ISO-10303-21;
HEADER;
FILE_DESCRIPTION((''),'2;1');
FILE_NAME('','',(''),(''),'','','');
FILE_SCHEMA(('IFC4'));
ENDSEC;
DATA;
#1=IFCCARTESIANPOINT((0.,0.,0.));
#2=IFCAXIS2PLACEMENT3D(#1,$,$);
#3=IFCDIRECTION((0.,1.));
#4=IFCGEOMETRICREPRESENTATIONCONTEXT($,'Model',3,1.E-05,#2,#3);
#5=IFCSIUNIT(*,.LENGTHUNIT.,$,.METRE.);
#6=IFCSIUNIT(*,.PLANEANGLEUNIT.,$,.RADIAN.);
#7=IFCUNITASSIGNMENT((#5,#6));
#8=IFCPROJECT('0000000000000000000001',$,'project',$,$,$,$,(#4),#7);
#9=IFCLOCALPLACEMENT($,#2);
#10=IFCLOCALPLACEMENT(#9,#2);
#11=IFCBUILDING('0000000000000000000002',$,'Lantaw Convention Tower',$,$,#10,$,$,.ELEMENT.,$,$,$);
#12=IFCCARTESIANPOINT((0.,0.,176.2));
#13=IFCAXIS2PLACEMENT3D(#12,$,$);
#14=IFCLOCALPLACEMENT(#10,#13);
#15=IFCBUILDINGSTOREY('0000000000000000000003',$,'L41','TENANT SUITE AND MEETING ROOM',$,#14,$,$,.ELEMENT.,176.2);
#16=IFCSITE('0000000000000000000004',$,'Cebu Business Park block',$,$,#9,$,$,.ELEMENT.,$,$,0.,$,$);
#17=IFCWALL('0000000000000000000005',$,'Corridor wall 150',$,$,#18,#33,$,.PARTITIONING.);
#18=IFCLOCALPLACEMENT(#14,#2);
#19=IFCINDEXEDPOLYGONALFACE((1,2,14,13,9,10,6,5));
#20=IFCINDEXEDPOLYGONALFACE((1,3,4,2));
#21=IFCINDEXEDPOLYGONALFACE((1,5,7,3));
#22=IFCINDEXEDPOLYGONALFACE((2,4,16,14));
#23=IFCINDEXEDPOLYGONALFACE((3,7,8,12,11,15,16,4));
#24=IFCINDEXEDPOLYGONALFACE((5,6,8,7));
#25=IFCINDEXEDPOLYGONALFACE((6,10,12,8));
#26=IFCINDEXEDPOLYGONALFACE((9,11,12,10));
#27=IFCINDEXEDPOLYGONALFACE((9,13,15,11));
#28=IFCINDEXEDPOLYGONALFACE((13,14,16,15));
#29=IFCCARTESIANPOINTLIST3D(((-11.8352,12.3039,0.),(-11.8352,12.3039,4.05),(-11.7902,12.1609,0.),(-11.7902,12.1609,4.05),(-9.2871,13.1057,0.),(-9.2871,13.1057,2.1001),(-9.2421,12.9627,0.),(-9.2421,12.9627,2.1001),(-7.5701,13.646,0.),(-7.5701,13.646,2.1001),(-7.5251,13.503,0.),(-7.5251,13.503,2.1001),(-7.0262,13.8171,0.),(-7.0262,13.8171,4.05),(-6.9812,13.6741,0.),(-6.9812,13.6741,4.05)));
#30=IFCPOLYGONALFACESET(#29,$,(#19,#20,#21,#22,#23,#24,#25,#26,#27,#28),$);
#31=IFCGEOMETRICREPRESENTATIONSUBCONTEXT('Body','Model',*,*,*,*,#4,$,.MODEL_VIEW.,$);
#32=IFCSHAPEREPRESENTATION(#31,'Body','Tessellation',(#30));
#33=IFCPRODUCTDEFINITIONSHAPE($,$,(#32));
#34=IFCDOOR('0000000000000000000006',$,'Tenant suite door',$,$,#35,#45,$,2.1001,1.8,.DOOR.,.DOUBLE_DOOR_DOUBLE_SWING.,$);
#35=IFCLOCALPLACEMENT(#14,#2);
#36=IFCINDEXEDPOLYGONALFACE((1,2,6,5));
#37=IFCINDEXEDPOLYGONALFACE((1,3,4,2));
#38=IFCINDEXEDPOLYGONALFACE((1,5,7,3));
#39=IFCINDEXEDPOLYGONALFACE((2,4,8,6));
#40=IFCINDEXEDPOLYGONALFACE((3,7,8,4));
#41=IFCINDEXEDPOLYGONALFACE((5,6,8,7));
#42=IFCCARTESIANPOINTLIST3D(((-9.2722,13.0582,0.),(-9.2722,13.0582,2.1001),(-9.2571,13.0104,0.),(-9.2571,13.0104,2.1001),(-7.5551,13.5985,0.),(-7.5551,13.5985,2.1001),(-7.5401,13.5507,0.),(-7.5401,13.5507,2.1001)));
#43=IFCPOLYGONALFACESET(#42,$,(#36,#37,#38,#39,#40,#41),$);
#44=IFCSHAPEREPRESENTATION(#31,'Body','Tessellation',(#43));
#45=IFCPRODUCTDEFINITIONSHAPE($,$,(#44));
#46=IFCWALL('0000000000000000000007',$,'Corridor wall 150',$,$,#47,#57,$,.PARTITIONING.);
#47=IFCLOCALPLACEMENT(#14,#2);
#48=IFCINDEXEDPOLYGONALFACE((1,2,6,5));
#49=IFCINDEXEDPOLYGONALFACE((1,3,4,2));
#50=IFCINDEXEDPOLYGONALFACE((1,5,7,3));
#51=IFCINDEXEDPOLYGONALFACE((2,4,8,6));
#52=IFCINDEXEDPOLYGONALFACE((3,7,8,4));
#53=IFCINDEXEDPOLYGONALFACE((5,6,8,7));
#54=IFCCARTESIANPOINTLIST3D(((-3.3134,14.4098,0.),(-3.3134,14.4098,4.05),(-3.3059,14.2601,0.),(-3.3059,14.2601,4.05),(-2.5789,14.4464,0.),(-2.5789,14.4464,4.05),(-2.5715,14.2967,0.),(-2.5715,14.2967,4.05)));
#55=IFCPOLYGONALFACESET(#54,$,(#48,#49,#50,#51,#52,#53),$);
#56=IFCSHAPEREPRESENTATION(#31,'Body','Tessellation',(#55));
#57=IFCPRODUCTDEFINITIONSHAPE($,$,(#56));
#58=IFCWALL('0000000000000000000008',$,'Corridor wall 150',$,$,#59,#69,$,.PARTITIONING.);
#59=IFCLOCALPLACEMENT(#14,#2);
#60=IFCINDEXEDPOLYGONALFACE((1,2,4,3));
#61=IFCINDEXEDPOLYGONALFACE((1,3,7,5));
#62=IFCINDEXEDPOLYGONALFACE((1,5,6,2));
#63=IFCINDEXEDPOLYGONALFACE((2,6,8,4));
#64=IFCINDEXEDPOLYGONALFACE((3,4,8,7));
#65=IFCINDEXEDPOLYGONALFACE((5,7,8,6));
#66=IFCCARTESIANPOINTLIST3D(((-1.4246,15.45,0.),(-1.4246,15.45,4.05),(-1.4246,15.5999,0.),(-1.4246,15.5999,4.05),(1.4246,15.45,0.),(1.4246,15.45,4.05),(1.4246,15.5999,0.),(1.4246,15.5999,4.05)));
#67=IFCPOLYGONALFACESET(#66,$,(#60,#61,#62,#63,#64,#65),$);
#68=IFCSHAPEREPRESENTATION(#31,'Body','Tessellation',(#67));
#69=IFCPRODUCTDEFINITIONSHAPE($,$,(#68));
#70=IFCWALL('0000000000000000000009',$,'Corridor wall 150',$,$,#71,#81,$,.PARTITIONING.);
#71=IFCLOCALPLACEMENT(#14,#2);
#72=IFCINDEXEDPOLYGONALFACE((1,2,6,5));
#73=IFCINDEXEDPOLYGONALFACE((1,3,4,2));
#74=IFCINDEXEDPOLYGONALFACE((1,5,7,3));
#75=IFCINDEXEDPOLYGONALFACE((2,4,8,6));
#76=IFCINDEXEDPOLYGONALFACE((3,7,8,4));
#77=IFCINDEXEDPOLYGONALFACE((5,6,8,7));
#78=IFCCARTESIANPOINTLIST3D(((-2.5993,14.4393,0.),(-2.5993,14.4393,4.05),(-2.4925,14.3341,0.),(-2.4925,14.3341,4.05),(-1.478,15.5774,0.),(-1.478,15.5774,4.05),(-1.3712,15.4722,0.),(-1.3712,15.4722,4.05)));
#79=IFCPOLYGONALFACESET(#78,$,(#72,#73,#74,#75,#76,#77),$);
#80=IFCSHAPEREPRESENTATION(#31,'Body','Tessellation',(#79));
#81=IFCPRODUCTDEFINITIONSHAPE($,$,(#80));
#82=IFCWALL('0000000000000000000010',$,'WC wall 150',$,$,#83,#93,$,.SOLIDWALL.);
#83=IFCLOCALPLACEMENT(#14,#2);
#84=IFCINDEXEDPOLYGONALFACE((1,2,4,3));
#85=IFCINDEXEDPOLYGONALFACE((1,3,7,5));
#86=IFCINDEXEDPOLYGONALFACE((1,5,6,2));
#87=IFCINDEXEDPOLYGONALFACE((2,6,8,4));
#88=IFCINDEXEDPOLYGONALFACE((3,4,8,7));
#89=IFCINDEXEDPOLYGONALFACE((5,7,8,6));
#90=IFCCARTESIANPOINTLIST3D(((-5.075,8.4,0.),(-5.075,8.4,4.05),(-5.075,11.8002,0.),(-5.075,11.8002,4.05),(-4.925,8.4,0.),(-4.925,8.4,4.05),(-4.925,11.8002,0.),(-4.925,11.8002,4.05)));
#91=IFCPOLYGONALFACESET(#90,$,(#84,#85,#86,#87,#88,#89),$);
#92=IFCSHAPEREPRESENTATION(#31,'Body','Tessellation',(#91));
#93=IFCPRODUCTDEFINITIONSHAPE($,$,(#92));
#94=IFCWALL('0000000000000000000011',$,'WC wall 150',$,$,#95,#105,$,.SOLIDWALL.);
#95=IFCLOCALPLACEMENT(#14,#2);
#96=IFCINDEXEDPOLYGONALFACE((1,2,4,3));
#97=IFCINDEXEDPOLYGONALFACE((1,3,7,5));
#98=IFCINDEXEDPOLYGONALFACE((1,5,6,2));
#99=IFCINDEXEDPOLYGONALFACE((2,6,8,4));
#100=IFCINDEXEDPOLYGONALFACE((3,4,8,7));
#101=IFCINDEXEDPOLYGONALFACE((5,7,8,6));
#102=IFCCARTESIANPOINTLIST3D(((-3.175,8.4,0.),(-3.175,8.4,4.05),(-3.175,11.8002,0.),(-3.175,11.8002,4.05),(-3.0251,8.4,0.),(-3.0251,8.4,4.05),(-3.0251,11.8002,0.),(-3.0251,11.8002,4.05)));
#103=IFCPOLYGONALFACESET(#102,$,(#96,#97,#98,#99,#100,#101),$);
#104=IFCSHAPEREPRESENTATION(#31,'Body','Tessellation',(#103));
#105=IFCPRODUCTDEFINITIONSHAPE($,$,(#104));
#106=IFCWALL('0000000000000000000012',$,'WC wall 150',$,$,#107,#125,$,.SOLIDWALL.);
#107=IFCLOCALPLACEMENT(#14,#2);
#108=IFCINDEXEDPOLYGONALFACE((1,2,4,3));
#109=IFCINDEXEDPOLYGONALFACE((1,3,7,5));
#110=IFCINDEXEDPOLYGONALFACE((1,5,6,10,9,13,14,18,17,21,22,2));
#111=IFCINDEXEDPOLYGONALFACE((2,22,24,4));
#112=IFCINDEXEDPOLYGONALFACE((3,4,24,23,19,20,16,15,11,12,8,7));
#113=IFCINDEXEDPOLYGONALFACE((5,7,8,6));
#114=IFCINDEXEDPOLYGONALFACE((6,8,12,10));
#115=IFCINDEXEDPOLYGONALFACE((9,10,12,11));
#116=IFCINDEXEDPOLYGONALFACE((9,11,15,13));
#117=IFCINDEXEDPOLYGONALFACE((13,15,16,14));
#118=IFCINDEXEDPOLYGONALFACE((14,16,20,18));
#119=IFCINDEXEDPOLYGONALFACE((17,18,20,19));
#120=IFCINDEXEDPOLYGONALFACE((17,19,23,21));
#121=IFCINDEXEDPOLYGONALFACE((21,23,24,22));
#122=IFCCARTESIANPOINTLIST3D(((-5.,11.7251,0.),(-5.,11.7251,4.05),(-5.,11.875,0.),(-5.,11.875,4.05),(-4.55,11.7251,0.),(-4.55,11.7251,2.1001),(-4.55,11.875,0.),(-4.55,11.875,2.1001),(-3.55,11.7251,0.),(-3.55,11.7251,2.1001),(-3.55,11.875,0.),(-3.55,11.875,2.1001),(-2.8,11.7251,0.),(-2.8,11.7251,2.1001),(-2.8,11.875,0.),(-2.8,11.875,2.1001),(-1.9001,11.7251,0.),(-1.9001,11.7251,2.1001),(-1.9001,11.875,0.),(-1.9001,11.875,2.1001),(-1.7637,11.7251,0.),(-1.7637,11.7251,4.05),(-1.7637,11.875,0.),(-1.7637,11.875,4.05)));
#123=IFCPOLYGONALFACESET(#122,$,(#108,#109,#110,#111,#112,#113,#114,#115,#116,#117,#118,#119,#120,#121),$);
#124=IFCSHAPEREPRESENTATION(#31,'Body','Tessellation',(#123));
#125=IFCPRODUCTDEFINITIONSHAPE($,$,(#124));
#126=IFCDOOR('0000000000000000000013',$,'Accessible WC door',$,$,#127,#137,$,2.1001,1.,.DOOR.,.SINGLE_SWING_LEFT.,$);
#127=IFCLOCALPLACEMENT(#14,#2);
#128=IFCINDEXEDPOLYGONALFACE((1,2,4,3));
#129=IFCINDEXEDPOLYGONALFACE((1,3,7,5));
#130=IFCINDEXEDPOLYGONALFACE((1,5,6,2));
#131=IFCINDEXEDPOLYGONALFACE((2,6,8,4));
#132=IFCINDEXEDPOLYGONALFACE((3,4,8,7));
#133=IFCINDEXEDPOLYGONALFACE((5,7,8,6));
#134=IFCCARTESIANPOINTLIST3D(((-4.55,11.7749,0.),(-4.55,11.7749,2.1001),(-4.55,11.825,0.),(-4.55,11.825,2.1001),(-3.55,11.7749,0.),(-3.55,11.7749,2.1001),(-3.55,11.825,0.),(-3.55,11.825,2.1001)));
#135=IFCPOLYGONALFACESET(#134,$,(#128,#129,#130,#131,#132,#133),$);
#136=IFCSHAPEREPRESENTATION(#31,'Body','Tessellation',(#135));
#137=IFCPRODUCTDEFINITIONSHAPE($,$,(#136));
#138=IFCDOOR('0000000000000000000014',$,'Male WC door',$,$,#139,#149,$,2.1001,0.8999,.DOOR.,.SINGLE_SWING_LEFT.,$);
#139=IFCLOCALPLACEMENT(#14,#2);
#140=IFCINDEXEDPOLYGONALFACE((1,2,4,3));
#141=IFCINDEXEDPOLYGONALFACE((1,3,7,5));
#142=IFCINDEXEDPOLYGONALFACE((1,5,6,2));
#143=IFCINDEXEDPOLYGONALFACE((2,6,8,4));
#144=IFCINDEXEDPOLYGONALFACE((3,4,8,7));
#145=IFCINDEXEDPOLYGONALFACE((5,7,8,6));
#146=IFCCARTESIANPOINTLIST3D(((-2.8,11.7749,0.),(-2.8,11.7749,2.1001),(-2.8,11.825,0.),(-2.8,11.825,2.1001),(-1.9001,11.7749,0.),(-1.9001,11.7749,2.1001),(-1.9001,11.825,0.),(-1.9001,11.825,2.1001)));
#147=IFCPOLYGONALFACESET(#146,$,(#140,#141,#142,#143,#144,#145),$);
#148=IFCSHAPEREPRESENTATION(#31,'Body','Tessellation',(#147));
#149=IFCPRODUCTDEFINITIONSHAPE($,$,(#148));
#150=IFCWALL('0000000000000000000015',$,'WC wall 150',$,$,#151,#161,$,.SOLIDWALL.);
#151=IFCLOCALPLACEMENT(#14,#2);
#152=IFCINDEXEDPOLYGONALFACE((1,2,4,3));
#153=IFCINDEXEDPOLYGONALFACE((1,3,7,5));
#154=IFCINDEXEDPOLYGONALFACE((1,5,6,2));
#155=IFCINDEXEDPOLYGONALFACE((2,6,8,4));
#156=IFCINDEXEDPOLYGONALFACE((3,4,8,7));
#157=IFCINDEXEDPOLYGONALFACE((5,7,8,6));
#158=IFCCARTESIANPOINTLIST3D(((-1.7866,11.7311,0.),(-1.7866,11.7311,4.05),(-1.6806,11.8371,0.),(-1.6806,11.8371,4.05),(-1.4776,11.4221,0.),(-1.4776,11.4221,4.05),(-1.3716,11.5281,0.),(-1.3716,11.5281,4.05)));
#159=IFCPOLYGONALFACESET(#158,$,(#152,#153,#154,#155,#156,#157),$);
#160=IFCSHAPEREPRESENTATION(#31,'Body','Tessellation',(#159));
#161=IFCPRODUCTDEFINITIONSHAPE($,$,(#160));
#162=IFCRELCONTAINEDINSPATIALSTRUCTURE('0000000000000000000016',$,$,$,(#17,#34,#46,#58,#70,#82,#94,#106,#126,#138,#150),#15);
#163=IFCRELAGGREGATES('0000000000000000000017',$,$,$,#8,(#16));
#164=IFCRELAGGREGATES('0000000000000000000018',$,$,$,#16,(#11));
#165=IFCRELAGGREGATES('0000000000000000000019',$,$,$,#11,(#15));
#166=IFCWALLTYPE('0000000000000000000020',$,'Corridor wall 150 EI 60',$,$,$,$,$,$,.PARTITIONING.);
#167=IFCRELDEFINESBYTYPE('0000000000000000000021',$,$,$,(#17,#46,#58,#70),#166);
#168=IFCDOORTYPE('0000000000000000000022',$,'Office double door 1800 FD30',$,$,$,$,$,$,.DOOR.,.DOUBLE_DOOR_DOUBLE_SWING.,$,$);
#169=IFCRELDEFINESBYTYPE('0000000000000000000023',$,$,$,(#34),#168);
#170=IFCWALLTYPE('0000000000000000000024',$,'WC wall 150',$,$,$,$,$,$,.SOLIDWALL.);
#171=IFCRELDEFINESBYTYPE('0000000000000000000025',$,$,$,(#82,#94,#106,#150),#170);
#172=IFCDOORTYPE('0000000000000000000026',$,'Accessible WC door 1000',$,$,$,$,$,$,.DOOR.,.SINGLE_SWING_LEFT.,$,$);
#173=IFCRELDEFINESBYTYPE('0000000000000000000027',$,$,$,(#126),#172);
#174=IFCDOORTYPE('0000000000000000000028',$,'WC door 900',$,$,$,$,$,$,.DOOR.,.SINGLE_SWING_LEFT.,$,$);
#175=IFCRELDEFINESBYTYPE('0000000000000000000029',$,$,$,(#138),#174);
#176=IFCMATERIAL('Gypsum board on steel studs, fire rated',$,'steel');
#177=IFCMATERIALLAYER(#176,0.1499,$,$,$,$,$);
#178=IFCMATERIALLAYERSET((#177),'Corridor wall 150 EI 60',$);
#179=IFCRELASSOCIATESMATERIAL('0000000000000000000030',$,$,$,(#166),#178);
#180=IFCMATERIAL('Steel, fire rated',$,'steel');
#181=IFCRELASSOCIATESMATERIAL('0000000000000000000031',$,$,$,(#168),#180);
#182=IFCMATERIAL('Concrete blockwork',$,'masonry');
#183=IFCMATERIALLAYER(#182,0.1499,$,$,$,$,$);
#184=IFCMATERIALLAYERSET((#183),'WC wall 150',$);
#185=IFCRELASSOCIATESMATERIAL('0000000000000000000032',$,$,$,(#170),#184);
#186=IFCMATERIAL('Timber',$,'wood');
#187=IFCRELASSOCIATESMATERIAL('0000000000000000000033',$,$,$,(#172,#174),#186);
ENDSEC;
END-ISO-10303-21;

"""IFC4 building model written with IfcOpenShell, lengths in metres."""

from ifc_helpers import new_model, si_unit, direction, frame, frame_2d, origin, place, context, subcontext, project, spatial, rectangle, extrude, material, layer, layer_set, type_object, element, fill, save


model = new_model("IFC4")

# Units and contexts
model_context = context("Model", 3, precision=1e-05, world=origin(), true_north=direction((0.0, 1.0)))
body_context = subcontext(model_context, "Body", "Model", "MODEL_VIEW")
ifc_project = project(units=[si_unit("LENGTHUNIT", "METRE"), si_unit("PLANEANGLEUNIT", "RADIAN")], contexts=[model_context])

# Site, building, storey
site_placement = place(None, origin())
site = spatial("IfcSite", under=ifc_project, at=site_placement, Name="Cebu Business Park block", CompositionType="ELEMENT", RefElevation=0.0)
building_placement = place(site_placement, origin())
building = spatial("IfcBuilding", under=site, at=building_placement, Name="Lantaw Convention Tower", CompositionType="ELEMENT")
storey_placement = place(building_placement, frame((0.0, 0.0, 176.2)))
storey = spatial("IfcBuildingStorey", under=building, at=storey_placement, Name="L41", Description="TENANT SUITE AND MEETING ROOM", CompositionType="ELEMENT", Elevation=176.2)

# Wall, opening, door
ifc_material_1 = material(Name="Gypsum board on steel studs, fire rated", Category="steel")
ifc_layer_1 = layer(ifc_material_1, 0.1499)
ifc_layer_set_1 = layer_set([ifc_layer_1], Name="Corridor wall 150 EI 60")
wall_type_1 = type_object("IfcWallType", Name="Corridor wall 150 EI 60", PredefinedType="PARTITIONING", material=ifc_layer_set_1)
ifc_material_2 = material(Name="Steel, fire rated", Category="steel")
wall_1_placement = place(storey_placement, frame((-7.0037, 13.7456, 0.0), z_axis=(0.0, 0.0, 1.0), x_axis=(-0.953894, -0.300144, 0.0)))
wall_1 = element("IfcWall", 1, at=wall_1_placement, inside=storey, type_object=wall_type_1, Name="Corridor wall 150", PredefinedType="PARTITIONING", context=body_context, shape_type="SweptSolid", body=[
    extrude(rectangle(XDim=5.0415, YDim=0.1499, at=frame_2d((2.5208, 0.0))), origin(), (0.0, 0.0, 1.0), 4.05),
])
opening_1_placement = place(wall_1_placement, frame((0.5703, 0.0, 0.0)))
opening_1 = element("IfcOpeningElement", 2, at=opening_1_placement, cuts=wall_1, PredefinedType="OPENING", context=body_context, shape_type="SweptSolid", body=[
    extrude(rectangle(XDim=1.8, YDim=2.1001, at=frame_2d((0.8999, 1.05))), frame((0.0, 0.085, 0.0), z_axis=(0.0, -1.0, 0.0), x_axis=(1.0, 0.0, 0.0)), (0.0, 0.0, 1.0), 0.1699),
])
door_type_1 = type_object("IfcDoorType", Name="Office double door 1800 FD30", OperationType="DOUBLE_DOOR_DOUBLE_SWING", PredefinedType="DOOR", material=ifc_material_2)
door_1_placement = place(opening_1_placement, origin())
door_1 = element("IfcDoor", 3, at=door_1_placement, inside=storey, type_object=door_type_1, Name="Tenant suite door", OperationType="DOUBLE_DOOR_DOUBLE_SWING", OverallHeight=2.1001, OverallWidth=1.8, PredefinedType="DOOR", context=body_context, shape_type="SweptSolid", body=[
    extrude(rectangle(XDim=1.8, YDim=2.1001, at=frame_2d((0.8999, 1.05))), frame((0.0, 0.0249, 0.0), z_axis=(0.0, -1.0, 0.0), x_axis=(1.0, 0.0, 0.0)), (0.0, 0.0, 1.0), 0.05),
])
fill(opening_1, door_1)

# Walls
wall_2_placement = place(storey_placement, frame((-2.5752, 14.3716, 0.0), z_axis=(0.0, 0.0, 1.0), x_axis=(-0.998759, -0.049805, 0.0)))
element("IfcWall", 4, at=wall_2_placement, inside=storey, type_object=wall_type_1, Name="Corridor wall 150", PredefinedType="PARTITIONING", context=body_context, shape_type="SweptSolid", body=[
    extrude(rectangle(XDim=0.7354, YDim=0.1499, at=frame_2d((0.3677, 0.0))), origin(), (0.0, 0.0, 1.0), 4.05),
])
wall_3_placement = place(storey_placement, frame((-1.4246, 15.5249, 0.0), z_axis=(0.0, 0.0, 1.0), x_axis=(1.0, 0.0, 0.0)))
element("IfcWall", 5, at=wall_3_placement, inside=storey, type_object=wall_type_1, Name="Corridor wall 150", PredefinedType="PARTITIONING", context=body_context, shape_type="SweptSolid", body=[
    extrude(rectangle(XDim=2.8491, YDim=0.1499, at=frame_2d((1.4246, 0.0))), origin(), (0.0, 0.0, 1.0), 4.05),
])
wall_4_placement = place(storey_placement, frame((-2.5459, 14.3867, 0.0), z_axis=(0.0, 0.0, 1.0), x_axis=(0.701815, 0.712359, 0.0)))
element("IfcWall", 6, at=wall_4_placement, inside=storey, type_object=wall_type_1, Name="Corridor wall 150", PredefinedType="PARTITIONING", context=body_context, shape_type="SweptSolid", body=[
    extrude(rectangle(XDim=1.5977, YDim=0.1499, at=frame_2d((0.7988, 0.0))), origin(), (0.0, 0.0, 1.0), 4.05),
])
ifc_material_3 = material(Name="Concrete blockwork", Category="masonry")
ifc_layer_2 = layer(ifc_material_3, 0.1499)
ifc_layer_set_2 = layer_set([ifc_layer_2], Name="WC wall 150")
wall_type_2 = type_object("IfcWallType", Name="WC wall 150", PredefinedType="SOLIDWALL", material=ifc_layer_set_2)
for number, where, z_axis, x_axis, name in (
    (7, (-5.0, 8.3999, 0.0), (0.0, 0.0, 1.0), (0.0, 1.0, 0.0), "WC wall 150"),
    (8, (-3.1001, 8.3999, 0.0), (0.0, 0.0, 1.0), (0.0, 1.0, 0.0), "WC wall 150"),
):
    element("IfcWall", number, at=place(storey_placement, frame(where, z_axis=z_axis, x_axis=x_axis)), inside=storey, type_object=wall_type_2, Name=name, PredefinedType="SOLIDWALL", context=body_context, shape_type="SweptSolid", body=[
        extrude(rectangle(XDim=3.4001, YDim=0.1499, at=frame_2d((1.7002, 0.0))), origin(), (0.0, 0.0, 1.0), 4.05),
    ])

# Wall, openings, doors
wall_5_placement = place(storey_placement, frame((-5.0, 11.8, 0.0), z_axis=(0.0, 0.0, 1.0), x_axis=(1.0, 0.0, 0.0)))
wall_5 = element("IfcWall", 9, at=wall_5_placement, inside=storey, type_object=wall_type_2, Name="WC wall 150", PredefinedType="SOLIDWALL", context=body_context, shape_type="SweptSolid", body=[
    extrude(rectangle(XDim=3.2363, YDim=0.1499, at=frame_2d((1.6182, 0.0))), origin(), (0.0, 0.0, 1.0), 4.05),
])
opening_2_placement = place(wall_5_placement, frame((0.45, 0.0, 0.0)))
opening_2 = element("IfcOpeningElement", 10, at=opening_2_placement, cuts=wall_5, PredefinedType="OPENING", context=body_context, shape_type="SweptSolid", body=[
    extrude(rectangle(XDim=1.0, YDim=2.1001, at=frame_2d((0.5, 1.05))), frame((0.0, 0.085, 0.0), z_axis=(0.0, -1.0, 0.0), x_axis=(1.0, 0.0, 0.0)), (0.0, 0.0, 1.0), 0.1699),
])
opening_3_placement = place(wall_5_placement, frame((2.2, 0.0, 0.0)))
opening_3 = element("IfcOpeningElement", 11, at=opening_3_placement, cuts=wall_5, PredefinedType="OPENING", context=body_context, shape_type="SweptSolid", body=[
    extrude(rectangle(XDim=0.8999, YDim=2.1001, at=frame_2d((0.45, 1.05))), frame((0.0, 0.085, 0.0), z_axis=(0.0, -1.0, 0.0), x_axis=(1.0, 0.0, 0.0)), (0.0, 0.0, 1.0), 0.1699),
])
ifc_material_4 = material(Name="Timber", Category="wood")
door_type_2 = type_object("IfcDoorType", Name="Accessible WC door 1000", OperationType="SINGLE_SWING_LEFT", PredefinedType="DOOR", material=ifc_material_4)
door_2_placement = place(opening_2_placement, origin())
door_2 = element("IfcDoor", 12, at=door_2_placement, inside=storey, type_object=door_type_2, Name="Accessible WC door", OperationType="SINGLE_SWING_LEFT", OverallHeight=2.1001, OverallWidth=1.0, PredefinedType="DOOR", context=body_context, shape_type="SweptSolid", body=[
    extrude(rectangle(XDim=1.0, YDim=2.1001, at=frame_2d((0.5, 1.05))), frame((0.0, 0.0249, 0.0), z_axis=(0.0, -1.0, 0.0), x_axis=(1.0, 0.0, 0.0)), (0.0, 0.0, 1.0), 0.05),
])
fill(opening_2, door_2)
door_type_3 = type_object("IfcDoorType", Name="WC door 900", OperationType="SINGLE_SWING_LEFT", PredefinedType="DOOR", material=ifc_material_4)
door_3_placement = place(opening_3_placement, origin())
door_3 = element("IfcDoor", 13, at=door_3_placement, inside=storey, type_object=door_type_3, Name="Male WC door", OperationType="SINGLE_SWING_LEFT", OverallHeight=2.1001, OverallWidth=0.8999, PredefinedType="DOOR", context=body_context, shape_type="SweptSolid", body=[
    extrude(rectangle(XDim=0.8999, YDim=2.1001, at=frame_2d((0.45, 1.05))), frame((0.0, 0.0249, 0.0), z_axis=(0.0, -1.0, 0.0), x_axis=(1.0, 0.0, 0.0)), (0.0, 0.0, 1.0), 0.05),
])
fill(opening_3, door_3)

# Wall
wall_6_placement = place(storey_placement, frame((-1.4246, 11.4751, 0.0), z_axis=(0.0, 0.0, 1.0), x_axis=(-0.707107, 0.707107, 0.0)))
element("IfcWall", 14, at=wall_6_placement, inside=storey, type_object=wall_type_2, Name="WC wall 150", PredefinedType="SOLIDWALL", context=body_context, shape_type="SweptSolid", body=[
    extrude(rectangle(XDim=0.437, YDim=0.1499, at=frame_2d((0.2185, 0.0))), origin(), (0.0, 0.0, 1.0), 4.05),
])

save(model, "model.ifc")
